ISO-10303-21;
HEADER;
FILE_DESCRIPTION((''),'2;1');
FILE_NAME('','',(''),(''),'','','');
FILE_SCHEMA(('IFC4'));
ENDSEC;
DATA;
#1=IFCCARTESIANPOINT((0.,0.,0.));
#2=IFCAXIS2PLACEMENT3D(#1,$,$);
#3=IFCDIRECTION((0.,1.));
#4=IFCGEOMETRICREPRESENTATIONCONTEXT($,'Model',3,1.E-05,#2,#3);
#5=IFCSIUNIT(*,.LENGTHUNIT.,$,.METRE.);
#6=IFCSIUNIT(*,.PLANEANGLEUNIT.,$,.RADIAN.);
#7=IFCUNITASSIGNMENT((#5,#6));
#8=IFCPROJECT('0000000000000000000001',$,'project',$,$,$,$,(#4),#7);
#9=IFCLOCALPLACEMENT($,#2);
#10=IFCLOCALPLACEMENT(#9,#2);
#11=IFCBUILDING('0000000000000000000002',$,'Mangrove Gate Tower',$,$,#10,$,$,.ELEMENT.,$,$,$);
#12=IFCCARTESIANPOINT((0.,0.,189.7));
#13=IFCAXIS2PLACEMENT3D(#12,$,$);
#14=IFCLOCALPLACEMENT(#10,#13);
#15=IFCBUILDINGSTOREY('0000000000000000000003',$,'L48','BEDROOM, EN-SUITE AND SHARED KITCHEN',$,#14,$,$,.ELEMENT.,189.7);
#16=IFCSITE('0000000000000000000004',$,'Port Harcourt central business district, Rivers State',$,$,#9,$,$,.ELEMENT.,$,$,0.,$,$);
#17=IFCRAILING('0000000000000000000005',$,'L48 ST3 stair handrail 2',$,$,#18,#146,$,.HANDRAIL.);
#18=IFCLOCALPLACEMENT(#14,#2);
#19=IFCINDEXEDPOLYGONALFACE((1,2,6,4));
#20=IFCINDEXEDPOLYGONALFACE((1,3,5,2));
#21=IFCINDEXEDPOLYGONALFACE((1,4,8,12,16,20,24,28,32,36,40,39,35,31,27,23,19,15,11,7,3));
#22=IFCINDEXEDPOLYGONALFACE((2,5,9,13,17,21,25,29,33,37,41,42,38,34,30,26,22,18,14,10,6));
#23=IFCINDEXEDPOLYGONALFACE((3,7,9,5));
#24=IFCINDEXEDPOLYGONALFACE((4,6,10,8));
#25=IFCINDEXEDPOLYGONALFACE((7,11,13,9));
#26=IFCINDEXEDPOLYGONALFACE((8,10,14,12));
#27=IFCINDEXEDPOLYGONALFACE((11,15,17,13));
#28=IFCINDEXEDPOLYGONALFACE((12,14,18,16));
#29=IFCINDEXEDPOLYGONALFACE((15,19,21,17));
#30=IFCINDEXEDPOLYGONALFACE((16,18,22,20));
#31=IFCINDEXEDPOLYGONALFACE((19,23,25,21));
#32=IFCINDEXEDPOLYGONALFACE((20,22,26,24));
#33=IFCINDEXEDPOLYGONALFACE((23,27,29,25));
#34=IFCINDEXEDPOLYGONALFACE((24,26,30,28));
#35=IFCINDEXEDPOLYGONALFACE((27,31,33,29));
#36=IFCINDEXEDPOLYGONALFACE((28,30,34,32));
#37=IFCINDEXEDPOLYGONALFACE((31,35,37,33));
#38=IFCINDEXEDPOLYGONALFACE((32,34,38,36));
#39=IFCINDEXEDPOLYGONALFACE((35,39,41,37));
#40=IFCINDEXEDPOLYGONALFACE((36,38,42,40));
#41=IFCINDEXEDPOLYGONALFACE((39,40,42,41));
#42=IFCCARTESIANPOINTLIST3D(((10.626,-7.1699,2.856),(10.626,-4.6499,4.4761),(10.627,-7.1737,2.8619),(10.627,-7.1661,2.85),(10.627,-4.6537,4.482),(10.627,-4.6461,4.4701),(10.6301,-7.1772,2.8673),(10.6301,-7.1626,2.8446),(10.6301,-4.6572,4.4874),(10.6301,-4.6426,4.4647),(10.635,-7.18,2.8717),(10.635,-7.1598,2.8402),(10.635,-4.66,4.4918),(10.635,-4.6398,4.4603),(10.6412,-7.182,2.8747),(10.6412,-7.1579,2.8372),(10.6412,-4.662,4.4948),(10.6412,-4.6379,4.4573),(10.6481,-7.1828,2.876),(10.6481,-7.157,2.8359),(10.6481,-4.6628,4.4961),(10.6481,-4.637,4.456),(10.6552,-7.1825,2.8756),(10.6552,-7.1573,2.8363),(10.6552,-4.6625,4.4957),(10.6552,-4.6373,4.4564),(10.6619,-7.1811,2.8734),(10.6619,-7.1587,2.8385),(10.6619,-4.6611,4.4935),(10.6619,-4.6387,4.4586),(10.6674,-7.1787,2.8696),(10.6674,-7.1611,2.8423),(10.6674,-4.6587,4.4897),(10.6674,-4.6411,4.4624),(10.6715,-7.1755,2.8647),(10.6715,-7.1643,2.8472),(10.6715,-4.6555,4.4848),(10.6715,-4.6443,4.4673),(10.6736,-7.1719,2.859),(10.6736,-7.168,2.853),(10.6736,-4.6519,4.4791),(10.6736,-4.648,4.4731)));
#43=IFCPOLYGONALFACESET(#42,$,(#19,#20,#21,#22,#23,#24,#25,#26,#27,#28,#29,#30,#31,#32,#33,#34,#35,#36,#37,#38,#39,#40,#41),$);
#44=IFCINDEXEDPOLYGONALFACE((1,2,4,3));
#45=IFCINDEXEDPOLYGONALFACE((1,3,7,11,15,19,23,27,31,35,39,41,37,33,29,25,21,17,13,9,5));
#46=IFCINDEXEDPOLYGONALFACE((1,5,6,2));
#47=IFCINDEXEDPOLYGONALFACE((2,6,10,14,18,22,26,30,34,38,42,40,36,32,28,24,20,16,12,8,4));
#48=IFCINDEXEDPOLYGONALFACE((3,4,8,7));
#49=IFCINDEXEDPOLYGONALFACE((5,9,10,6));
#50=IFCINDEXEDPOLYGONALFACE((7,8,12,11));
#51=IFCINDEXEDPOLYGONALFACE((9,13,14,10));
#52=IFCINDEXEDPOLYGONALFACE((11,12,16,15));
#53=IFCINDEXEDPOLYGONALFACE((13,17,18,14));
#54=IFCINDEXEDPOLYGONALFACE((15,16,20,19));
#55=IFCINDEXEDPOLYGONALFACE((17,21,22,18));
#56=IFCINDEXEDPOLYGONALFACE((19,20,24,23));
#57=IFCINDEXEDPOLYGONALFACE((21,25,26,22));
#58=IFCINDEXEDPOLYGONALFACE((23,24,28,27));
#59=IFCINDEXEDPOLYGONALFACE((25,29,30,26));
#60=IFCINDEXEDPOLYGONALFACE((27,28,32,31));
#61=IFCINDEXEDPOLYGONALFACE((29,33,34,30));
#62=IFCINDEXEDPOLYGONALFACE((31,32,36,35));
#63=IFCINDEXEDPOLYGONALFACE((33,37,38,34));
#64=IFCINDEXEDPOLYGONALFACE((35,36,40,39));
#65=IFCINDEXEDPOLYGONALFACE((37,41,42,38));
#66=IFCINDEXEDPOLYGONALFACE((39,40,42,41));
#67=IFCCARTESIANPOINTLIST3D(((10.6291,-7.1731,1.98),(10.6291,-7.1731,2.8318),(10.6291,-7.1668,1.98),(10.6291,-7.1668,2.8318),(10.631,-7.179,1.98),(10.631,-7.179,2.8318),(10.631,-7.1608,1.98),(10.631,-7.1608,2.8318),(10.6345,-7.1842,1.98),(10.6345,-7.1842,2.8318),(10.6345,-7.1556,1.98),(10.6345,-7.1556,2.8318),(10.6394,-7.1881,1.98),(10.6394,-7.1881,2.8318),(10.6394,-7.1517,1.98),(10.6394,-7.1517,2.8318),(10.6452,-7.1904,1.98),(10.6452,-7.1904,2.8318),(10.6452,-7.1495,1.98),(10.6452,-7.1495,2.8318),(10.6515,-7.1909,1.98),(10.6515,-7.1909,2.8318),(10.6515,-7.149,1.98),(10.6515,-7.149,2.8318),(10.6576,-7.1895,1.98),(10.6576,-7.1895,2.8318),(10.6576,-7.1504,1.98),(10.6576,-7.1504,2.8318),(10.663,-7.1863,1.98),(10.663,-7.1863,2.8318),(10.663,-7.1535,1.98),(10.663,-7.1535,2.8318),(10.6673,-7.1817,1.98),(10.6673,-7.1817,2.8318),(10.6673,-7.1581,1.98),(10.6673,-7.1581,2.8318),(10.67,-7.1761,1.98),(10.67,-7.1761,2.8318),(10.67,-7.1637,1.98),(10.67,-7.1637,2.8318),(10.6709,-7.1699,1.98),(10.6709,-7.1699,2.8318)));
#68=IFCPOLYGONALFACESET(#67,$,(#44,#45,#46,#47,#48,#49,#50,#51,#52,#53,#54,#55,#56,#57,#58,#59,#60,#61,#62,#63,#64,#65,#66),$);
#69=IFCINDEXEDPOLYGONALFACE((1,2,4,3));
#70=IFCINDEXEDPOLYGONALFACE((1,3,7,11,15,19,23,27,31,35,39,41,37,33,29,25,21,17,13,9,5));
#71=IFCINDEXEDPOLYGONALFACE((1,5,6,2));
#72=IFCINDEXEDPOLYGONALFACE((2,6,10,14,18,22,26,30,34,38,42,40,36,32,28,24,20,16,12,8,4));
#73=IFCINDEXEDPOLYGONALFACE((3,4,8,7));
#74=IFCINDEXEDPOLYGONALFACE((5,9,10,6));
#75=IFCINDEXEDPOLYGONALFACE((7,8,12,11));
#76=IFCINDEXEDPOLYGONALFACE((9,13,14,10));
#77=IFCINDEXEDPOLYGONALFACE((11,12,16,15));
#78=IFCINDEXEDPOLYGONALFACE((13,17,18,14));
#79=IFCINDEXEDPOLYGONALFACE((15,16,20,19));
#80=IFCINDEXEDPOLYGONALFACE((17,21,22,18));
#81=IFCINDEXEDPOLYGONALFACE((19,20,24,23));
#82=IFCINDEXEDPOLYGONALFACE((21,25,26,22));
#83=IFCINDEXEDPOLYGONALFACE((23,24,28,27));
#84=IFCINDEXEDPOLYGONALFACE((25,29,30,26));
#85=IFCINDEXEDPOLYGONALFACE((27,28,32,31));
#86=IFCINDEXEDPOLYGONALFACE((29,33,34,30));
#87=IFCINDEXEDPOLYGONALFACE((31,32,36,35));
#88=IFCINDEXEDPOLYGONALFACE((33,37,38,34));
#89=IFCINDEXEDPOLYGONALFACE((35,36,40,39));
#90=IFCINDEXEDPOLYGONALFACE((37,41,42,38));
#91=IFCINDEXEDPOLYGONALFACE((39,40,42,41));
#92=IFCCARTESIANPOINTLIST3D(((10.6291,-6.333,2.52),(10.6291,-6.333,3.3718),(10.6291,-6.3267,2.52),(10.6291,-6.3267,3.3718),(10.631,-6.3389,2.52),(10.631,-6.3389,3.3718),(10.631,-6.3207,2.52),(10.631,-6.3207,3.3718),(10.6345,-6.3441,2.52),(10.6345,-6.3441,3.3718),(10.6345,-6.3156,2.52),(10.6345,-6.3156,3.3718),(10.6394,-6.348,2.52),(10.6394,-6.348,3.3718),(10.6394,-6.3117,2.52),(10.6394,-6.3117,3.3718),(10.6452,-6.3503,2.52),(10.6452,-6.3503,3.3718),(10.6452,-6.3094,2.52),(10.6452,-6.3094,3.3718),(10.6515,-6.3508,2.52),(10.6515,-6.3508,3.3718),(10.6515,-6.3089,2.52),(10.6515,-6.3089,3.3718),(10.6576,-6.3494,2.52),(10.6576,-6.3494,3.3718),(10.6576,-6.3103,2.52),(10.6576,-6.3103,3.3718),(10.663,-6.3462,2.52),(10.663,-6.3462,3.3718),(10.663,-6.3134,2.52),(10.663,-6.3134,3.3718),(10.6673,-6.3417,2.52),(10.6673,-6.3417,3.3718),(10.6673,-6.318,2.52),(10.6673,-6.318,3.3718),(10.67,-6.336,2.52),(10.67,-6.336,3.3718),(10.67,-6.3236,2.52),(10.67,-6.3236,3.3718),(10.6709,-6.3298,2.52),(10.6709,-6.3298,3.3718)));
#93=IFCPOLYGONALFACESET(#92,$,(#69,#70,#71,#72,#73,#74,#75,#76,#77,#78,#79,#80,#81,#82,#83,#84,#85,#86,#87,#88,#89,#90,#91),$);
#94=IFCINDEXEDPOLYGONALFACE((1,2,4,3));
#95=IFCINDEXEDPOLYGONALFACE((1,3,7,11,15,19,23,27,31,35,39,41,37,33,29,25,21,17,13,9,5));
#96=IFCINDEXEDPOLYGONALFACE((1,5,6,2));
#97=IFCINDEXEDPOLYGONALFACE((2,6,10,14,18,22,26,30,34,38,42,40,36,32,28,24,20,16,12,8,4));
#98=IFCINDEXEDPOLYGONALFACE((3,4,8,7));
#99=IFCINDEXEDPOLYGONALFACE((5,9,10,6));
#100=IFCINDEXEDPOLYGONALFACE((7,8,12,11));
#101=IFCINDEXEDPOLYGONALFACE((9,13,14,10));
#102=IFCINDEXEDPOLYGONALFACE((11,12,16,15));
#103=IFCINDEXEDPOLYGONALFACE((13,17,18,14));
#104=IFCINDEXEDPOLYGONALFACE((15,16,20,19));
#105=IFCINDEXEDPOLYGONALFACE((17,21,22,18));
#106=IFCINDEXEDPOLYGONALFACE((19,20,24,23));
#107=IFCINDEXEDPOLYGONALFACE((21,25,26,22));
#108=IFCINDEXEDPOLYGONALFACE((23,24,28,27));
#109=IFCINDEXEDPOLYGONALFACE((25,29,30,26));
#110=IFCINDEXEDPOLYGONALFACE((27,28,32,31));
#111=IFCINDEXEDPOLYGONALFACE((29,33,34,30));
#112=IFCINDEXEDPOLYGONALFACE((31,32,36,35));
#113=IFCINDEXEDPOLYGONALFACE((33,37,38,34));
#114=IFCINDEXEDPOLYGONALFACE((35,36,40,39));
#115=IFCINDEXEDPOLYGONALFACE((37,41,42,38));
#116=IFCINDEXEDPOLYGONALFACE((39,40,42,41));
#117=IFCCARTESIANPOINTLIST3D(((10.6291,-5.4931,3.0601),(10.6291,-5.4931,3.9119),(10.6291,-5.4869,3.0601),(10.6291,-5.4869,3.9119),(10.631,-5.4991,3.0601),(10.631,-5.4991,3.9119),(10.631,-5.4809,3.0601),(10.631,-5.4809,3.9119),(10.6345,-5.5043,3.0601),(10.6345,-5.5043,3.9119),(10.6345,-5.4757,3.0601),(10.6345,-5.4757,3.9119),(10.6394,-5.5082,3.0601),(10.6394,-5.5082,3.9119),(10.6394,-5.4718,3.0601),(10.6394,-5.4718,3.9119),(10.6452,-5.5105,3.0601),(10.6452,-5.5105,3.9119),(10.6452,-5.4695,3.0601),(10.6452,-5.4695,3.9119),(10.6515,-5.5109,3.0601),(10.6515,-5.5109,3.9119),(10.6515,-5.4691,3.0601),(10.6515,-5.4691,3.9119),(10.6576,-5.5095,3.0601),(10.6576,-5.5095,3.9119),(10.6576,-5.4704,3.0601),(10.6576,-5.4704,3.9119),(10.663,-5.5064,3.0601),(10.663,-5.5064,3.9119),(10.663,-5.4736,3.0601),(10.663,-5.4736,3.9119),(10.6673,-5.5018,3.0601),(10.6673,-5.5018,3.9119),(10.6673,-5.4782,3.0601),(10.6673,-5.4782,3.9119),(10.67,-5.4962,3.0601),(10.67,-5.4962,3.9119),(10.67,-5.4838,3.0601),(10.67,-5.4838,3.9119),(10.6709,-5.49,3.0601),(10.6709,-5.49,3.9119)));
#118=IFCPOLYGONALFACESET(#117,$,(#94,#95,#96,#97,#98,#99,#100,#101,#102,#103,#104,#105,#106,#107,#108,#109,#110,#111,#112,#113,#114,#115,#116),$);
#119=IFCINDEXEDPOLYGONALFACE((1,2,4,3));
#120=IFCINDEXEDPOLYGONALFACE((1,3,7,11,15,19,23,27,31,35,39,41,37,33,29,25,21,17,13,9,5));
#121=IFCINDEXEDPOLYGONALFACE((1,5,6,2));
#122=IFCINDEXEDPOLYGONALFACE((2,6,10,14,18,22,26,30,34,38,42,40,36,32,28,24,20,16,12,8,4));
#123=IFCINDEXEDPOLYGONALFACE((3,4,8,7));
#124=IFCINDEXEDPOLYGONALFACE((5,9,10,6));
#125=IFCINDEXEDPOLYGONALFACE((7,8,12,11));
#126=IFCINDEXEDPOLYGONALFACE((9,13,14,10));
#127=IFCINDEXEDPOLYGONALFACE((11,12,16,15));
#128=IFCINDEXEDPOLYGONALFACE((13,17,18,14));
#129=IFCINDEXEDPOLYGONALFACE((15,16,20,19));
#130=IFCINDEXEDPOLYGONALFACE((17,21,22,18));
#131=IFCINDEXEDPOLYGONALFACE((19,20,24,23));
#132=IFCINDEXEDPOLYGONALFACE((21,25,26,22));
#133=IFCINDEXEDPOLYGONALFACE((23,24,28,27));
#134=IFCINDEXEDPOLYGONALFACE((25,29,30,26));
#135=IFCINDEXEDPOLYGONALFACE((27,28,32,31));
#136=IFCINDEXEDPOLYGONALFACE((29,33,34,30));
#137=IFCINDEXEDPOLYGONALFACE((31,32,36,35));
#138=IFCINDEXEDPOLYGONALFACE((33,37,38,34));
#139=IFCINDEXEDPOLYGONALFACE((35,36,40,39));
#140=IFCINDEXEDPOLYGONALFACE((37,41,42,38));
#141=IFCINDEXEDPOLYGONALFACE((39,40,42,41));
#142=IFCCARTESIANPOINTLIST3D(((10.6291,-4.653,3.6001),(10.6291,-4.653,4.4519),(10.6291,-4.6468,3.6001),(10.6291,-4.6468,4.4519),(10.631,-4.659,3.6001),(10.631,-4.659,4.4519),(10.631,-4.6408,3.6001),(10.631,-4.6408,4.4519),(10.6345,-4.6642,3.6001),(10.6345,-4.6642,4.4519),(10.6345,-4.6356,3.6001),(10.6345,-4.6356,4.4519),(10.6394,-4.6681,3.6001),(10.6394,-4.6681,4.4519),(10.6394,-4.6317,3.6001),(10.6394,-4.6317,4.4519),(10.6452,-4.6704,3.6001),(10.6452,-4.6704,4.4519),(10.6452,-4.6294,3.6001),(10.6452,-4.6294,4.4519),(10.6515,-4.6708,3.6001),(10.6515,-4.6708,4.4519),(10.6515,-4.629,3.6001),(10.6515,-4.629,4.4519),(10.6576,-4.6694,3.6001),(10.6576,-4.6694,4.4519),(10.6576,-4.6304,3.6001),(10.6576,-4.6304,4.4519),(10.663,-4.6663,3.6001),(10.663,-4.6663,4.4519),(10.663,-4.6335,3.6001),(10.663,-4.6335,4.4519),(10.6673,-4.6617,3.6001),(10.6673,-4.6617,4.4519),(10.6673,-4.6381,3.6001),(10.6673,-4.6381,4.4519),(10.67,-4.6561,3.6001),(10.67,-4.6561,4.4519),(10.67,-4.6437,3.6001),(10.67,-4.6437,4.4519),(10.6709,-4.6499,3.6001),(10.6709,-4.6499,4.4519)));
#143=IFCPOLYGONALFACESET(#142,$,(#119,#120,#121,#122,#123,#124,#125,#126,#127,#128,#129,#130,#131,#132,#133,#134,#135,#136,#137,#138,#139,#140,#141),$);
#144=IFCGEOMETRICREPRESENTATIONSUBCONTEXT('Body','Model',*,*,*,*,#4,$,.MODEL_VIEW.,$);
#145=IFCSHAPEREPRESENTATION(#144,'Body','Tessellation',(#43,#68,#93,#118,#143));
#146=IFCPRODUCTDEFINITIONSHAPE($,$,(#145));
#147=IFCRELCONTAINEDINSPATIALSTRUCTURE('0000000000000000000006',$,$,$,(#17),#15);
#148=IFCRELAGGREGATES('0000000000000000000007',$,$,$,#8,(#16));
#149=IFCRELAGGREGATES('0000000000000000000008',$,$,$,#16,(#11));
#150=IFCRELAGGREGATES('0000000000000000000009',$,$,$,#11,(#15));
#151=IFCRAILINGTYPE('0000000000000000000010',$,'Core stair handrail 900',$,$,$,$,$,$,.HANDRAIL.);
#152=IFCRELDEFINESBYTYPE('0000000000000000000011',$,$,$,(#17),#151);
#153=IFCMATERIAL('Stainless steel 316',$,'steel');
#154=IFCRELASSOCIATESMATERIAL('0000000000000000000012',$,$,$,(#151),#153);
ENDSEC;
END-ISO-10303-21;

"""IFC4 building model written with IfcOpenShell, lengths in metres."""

from ifc_helpers import new_model, si_unit, direction, frame, origin, origin_2d, place, context, subcontext, project, spatial, circle, extrude, material, type_object, element, save


model = new_model("IFC4")

# Units and contexts
model_context = context("Model", 3, precision=1e-05, world=origin(), true_north=direction((0.0, 1.0)))
body_context = subcontext(model_context, "Body", "Model", "MODEL_VIEW")
ifc_project = project(units=[si_unit("LENGTHUNIT", "METRE"), si_unit("PLANEANGLEUNIT", "RADIAN")], contexts=[model_context])

# Site, building, storey
site_placement = place(None, origin())
site = spatial("IfcSite", under=ifc_project, at=site_placement, Name="Port Harcourt central business district, Rivers State", CompositionType="ELEMENT", RefElevation=0.0)
building_placement = place(site_placement, origin())
building = spatial("IfcBuilding", under=site, at=building_placement, Name="Mangrove Gate Tower", CompositionType="ELEMENT")
storey_placement = place(building_placement, frame((0.0, 0.0, 189.7)))
storey = spatial("IfcBuildingStorey", under=building, at=storey_placement, Name="L48", Description="BEDROOM, EN-SUITE AND SHARED KITCHEN", CompositionType="ELEMENT", Elevation=189.7)

# Railing
ifc_material_1 = material(Name="Stainless steel 316", Category="steel")
railing_type_1 = type_object("IfcRailingType", Name="Core stair handrail 900", PredefinedType="HANDRAIL", material=ifc_material_1)
railing_1_placement = place(storey_placement, frame((10.6499, -7.1699, 1.98)))
element("IfcRailing", 1, at=railing_1_placement, inside=storey, type_object=railing_type_1, Name="L48 ST3 stair handrail 2", PredefinedType="HANDRAIL", context=body_context, shape_type="SweptSolid", body=[
    extrude(circle(Radius=0.0239, at=origin_2d()), frame((0.0, 0.0, 0.876), z_axis=(0.0, 0.841163, 0.540782), x_axis=(-1.0, 0.0, 0.0)), (0.0, 0.0, 1.0), 2.9958),
    extrude(circle(Radius=0.021, at=origin_2d()), origin(), (0.0, 0.0, 1.0), 0.8518),
    extrude(circle(Radius=0.021, at=origin_2d()), frame((0.0, 0.8401, 0.54)), (0.0, 0.0, 1.0), 0.8518),
    extrude(circle(Radius=0.021, at=origin_2d()), frame((0.0, 1.6799, 1.0801)), (0.0, 0.0, 1.0), 0.8518),
    extrude(circle(Radius=0.021, at=origin_2d()), frame((0.0, 2.52, 1.6201)), (0.0, 0.0, 1.0), 0.8518),
])

save(model, "model.ifc")
